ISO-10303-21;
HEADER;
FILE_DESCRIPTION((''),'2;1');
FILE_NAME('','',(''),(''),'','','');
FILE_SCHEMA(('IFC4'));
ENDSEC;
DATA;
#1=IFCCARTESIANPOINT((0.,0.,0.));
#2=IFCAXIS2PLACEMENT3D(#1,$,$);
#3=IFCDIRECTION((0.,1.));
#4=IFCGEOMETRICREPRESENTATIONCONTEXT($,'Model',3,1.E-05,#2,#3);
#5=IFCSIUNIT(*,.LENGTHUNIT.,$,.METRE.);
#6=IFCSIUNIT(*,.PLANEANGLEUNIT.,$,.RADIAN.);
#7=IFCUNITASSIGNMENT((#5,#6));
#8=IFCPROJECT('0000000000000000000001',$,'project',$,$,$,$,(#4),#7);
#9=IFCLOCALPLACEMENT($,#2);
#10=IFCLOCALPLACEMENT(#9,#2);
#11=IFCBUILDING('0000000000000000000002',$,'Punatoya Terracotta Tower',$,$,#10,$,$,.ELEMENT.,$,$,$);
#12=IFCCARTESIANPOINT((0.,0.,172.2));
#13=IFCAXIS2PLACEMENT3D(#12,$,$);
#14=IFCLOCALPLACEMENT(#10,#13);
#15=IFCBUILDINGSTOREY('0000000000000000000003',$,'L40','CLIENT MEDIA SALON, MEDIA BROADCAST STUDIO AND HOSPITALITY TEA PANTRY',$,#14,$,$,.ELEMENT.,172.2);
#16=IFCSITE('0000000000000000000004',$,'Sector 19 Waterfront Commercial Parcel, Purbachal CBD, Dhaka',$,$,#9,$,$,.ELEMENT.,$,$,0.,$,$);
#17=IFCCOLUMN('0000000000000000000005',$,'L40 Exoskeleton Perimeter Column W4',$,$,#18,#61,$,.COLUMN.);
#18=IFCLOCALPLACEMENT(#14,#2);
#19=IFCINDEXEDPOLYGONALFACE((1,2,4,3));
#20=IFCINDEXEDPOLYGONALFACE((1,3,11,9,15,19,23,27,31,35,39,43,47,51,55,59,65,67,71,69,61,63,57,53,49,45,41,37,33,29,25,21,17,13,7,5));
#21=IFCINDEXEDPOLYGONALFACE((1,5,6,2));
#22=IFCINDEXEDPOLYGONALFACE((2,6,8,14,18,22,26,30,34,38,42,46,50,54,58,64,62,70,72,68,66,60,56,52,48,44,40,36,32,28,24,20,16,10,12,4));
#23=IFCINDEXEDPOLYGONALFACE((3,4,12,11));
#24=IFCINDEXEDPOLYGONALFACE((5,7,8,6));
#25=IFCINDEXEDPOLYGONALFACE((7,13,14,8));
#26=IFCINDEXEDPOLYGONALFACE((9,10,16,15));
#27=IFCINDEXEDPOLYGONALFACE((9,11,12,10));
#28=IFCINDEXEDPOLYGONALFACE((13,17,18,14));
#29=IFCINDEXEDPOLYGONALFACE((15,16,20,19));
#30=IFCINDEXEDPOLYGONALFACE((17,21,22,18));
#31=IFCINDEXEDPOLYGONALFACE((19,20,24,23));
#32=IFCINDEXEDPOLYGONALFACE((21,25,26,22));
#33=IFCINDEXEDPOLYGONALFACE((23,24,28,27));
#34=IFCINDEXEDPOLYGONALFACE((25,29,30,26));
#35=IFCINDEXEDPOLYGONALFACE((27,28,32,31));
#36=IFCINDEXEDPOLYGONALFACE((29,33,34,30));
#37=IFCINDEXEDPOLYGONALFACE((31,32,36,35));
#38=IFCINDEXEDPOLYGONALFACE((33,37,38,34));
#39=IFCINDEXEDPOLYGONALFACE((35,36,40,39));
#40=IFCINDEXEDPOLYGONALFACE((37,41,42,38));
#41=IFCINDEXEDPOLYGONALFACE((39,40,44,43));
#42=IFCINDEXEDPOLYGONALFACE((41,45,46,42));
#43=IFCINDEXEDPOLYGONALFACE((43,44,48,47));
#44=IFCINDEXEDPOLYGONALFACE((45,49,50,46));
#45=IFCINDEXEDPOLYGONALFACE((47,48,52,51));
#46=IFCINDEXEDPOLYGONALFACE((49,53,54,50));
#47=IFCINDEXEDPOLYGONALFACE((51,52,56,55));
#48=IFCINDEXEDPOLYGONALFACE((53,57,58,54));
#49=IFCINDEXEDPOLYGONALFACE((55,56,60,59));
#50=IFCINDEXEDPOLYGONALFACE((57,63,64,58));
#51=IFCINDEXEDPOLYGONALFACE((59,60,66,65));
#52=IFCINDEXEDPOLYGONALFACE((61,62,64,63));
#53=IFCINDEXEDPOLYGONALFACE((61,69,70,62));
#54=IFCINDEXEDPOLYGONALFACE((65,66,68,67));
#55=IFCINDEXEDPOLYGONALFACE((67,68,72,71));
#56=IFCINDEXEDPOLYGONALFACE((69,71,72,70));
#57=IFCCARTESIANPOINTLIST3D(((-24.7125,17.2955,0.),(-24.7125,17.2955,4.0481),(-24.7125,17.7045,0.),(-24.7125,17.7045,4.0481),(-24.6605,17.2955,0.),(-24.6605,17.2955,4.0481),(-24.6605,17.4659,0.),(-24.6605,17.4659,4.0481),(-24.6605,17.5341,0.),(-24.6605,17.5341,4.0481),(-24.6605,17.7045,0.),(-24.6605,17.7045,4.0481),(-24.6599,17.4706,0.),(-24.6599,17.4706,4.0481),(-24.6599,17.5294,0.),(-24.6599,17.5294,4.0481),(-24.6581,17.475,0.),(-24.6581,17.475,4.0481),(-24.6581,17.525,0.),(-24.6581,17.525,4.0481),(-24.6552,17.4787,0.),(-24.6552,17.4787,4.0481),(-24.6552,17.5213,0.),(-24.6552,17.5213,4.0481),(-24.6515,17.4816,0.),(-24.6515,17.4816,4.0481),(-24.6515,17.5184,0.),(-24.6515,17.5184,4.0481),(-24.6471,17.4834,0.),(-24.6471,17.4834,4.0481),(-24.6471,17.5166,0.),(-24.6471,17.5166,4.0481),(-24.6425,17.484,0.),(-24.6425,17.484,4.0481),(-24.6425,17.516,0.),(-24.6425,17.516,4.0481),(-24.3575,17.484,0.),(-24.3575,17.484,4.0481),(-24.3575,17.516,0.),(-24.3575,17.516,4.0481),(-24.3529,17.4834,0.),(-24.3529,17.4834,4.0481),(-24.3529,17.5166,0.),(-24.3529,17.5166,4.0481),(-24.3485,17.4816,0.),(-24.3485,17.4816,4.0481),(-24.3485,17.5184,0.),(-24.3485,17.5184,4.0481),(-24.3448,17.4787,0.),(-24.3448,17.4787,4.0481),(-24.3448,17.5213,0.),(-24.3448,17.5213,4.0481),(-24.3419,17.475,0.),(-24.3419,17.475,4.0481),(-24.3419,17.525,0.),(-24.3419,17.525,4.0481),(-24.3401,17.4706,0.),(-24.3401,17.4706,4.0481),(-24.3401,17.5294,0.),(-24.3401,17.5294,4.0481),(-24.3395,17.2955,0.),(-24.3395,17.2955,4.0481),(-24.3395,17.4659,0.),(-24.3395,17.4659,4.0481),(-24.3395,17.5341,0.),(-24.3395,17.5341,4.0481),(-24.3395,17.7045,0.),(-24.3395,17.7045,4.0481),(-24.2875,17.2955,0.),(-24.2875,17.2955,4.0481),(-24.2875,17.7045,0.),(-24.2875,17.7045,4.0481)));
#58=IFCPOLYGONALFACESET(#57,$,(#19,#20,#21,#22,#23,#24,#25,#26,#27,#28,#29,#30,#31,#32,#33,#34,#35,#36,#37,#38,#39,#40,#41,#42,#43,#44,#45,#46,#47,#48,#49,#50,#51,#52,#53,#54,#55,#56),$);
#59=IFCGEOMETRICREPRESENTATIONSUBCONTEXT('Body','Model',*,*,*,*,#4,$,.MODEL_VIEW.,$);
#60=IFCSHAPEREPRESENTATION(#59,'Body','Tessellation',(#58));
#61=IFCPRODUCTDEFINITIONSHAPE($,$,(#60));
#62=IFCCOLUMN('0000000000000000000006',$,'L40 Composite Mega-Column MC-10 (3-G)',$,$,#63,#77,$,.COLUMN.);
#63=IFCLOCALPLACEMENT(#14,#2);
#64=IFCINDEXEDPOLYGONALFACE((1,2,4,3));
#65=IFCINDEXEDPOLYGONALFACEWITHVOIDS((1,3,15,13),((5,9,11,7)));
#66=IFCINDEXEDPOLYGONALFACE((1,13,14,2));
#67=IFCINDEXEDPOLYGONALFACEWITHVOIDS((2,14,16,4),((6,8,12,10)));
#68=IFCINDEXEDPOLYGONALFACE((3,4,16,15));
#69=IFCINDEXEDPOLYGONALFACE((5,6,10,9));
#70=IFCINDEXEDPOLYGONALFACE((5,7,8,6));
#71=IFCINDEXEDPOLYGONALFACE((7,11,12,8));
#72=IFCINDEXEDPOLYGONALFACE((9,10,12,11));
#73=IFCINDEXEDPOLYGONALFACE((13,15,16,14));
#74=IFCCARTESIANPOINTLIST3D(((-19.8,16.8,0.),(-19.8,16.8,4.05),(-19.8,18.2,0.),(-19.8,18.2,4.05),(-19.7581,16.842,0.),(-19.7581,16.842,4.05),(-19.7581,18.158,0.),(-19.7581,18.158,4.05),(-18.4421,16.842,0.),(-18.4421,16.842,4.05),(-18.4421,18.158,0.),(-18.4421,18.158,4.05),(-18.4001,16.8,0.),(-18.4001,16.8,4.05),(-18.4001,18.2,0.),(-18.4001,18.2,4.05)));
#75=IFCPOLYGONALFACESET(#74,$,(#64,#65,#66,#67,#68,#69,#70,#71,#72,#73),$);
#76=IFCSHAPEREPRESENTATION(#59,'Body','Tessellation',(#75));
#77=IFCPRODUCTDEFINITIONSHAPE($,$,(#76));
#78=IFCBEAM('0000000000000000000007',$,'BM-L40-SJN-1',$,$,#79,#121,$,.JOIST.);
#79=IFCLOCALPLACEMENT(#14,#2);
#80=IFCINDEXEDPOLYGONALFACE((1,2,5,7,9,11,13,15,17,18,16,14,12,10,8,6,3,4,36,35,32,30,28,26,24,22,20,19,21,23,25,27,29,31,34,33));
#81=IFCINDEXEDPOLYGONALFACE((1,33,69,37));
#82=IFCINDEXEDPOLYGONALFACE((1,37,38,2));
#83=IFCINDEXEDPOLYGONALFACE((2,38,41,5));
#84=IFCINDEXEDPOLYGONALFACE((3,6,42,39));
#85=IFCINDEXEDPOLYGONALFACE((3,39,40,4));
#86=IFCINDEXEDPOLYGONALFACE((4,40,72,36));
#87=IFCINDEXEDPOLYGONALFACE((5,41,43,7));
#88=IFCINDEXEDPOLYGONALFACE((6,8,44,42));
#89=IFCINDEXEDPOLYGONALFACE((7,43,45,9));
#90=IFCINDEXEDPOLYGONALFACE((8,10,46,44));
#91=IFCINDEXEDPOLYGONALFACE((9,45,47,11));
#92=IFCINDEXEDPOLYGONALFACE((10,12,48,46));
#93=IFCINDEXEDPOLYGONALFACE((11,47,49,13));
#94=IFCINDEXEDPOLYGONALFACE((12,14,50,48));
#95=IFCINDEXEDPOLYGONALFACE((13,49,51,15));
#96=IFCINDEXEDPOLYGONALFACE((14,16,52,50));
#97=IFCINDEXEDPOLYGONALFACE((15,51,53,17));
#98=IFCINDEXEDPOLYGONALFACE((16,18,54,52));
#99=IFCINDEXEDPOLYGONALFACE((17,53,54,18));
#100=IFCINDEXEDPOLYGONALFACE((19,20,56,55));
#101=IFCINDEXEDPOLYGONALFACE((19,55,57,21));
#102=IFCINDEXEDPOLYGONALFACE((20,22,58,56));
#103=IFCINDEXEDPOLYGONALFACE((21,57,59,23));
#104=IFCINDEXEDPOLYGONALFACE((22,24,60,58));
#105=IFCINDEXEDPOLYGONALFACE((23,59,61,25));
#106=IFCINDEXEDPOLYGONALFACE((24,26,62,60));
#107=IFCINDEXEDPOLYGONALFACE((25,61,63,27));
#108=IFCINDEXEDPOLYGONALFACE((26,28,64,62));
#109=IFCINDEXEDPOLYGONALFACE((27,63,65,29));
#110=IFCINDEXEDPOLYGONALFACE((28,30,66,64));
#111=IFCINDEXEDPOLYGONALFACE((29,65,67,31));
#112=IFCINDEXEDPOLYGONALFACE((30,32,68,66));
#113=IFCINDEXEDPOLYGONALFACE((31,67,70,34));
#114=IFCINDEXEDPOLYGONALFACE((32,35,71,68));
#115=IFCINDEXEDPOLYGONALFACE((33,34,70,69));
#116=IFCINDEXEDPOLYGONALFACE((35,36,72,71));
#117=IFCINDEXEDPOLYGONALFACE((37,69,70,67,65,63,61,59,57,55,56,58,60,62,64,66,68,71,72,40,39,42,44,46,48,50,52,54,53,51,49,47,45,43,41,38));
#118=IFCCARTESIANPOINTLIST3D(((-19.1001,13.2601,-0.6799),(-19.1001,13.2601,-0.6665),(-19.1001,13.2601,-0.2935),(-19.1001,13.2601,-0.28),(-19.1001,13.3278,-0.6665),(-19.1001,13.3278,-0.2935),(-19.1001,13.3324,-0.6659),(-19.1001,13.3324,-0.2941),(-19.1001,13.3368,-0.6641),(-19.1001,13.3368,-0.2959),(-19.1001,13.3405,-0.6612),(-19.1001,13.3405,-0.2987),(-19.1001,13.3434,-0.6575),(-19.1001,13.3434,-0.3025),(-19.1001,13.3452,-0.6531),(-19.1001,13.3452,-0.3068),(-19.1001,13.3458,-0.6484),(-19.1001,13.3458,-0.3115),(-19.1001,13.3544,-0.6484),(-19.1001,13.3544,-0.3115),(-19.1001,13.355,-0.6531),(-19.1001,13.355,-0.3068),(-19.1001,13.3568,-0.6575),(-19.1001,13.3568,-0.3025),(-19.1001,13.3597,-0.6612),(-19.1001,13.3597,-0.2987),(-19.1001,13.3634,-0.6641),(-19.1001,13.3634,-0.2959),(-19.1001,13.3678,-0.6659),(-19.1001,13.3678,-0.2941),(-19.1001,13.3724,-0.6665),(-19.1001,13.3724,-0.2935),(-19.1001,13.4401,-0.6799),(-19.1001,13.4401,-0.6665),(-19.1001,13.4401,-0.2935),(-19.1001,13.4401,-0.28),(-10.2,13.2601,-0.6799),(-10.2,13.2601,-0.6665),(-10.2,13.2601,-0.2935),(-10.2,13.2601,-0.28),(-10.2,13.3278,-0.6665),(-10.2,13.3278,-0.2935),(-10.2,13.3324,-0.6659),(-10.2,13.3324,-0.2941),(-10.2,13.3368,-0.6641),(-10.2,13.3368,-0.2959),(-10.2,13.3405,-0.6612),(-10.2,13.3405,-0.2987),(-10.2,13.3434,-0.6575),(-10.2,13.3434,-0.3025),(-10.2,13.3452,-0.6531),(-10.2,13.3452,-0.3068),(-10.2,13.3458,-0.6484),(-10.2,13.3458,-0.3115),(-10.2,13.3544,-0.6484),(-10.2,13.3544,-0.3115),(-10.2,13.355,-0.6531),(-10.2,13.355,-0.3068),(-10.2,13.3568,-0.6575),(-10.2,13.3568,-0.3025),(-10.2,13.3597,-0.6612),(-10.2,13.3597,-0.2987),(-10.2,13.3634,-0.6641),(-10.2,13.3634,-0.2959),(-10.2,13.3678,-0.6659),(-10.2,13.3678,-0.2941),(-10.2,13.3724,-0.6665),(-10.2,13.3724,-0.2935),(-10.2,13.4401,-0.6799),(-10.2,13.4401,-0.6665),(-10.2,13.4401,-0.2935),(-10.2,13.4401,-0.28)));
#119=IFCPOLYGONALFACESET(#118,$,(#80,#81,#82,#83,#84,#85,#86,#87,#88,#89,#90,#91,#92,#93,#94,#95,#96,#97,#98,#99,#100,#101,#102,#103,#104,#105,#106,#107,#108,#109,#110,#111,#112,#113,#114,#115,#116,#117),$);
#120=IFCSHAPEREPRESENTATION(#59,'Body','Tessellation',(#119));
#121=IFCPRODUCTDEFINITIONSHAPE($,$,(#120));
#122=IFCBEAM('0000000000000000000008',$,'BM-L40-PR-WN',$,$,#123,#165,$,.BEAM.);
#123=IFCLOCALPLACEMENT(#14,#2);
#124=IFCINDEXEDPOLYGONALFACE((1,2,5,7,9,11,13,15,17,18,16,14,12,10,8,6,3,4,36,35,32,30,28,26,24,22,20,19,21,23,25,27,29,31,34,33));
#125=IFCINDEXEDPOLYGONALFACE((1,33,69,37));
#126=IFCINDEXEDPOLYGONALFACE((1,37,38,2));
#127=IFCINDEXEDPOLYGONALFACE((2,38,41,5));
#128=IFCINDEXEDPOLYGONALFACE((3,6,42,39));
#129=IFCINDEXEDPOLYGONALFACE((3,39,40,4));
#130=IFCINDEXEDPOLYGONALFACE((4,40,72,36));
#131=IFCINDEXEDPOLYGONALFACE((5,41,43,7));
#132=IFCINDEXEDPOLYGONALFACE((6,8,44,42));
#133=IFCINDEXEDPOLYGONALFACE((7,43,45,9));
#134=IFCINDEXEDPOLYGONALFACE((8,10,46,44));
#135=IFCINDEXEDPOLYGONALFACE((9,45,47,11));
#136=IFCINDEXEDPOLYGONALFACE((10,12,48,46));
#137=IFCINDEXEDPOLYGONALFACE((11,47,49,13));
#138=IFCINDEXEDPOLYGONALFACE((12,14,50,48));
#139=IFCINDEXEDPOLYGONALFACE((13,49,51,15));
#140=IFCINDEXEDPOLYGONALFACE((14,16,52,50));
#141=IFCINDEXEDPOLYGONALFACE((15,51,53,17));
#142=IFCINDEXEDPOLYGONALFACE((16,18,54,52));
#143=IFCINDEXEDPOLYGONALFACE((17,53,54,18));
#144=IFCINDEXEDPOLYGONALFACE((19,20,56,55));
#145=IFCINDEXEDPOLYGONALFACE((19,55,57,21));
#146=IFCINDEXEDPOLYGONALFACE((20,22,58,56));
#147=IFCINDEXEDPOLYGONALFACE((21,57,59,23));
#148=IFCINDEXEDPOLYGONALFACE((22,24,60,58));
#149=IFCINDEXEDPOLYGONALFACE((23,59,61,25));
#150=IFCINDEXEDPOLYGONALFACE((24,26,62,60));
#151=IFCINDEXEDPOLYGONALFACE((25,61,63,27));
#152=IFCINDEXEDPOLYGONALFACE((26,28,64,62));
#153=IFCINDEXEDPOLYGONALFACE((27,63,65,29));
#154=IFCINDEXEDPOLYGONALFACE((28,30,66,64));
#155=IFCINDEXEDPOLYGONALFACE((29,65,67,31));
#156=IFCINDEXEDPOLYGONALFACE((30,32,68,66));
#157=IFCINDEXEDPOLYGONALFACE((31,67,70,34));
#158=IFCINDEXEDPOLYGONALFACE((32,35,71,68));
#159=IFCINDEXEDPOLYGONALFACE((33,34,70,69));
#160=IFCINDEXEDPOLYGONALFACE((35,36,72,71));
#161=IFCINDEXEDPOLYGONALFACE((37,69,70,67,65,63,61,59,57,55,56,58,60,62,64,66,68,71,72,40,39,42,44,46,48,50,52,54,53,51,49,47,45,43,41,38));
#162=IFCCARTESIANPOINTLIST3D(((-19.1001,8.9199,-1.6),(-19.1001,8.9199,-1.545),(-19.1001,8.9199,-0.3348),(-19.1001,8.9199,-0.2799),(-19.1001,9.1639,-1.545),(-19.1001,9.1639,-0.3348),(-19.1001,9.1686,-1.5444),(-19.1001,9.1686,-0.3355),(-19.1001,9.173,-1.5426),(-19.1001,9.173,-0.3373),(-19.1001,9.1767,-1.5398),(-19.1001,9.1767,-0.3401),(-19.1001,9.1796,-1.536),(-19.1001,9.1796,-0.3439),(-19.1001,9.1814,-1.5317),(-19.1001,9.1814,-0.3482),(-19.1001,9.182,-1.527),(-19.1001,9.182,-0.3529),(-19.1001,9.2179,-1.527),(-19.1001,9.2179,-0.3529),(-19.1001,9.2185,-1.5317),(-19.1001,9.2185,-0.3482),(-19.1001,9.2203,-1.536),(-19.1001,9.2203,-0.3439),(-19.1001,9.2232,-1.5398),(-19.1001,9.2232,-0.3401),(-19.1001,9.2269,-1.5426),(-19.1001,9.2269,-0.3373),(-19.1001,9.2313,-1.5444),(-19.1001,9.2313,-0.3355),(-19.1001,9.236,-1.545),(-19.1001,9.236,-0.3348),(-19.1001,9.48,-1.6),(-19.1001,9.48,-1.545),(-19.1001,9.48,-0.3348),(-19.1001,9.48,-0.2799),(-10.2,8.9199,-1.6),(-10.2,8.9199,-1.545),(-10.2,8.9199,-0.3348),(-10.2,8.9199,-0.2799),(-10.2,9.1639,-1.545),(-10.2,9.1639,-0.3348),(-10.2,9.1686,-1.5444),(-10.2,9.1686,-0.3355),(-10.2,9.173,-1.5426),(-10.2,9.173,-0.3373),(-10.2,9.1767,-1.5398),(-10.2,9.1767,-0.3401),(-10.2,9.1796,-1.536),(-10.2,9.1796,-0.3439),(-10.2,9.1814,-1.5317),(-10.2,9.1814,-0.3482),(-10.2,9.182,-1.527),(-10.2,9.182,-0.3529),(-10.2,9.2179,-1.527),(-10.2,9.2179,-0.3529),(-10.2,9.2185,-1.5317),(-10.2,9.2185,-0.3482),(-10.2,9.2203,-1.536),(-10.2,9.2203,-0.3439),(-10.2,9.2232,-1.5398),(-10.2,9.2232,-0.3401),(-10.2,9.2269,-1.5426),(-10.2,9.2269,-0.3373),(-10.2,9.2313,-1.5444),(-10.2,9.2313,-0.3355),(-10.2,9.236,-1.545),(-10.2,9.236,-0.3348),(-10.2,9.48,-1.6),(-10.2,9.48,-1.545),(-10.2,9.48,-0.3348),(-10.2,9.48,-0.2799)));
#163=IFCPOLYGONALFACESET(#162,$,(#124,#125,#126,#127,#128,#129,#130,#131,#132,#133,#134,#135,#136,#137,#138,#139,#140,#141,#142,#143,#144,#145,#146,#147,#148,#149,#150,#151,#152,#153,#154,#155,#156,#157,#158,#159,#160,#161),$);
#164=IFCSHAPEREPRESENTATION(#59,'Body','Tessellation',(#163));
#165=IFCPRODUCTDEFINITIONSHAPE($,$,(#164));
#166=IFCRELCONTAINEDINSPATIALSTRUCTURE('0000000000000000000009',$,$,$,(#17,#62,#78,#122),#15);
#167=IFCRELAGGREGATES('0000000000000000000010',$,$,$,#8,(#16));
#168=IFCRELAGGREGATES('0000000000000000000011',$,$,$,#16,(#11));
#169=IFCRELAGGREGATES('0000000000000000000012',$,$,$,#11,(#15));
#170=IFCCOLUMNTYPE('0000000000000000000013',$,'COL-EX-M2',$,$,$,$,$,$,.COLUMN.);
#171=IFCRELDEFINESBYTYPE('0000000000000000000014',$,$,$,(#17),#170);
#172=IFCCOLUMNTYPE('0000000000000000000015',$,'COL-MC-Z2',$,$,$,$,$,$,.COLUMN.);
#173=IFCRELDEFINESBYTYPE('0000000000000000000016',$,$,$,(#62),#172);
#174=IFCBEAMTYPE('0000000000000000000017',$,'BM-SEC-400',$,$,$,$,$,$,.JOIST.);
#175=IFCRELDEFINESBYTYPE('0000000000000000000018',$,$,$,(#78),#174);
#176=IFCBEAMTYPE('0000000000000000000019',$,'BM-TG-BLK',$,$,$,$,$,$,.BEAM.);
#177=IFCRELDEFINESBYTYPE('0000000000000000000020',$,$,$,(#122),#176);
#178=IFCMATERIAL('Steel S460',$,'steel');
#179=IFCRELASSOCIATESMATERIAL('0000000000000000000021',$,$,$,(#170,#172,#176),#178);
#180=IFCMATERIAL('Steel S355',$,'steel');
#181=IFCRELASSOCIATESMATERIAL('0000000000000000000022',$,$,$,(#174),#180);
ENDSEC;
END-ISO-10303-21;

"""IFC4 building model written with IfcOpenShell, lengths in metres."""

from ifc_helpers import new_model, si_unit, direction, frame, origin, origin_2d, place, context, subcontext, project, spatial, hollow_rectangle, i_section, extrude, material, material_profile, profile_set, type_object, element, save


model = new_model("IFC4")

# Units and contexts
model_context = context("Model", 3, precision=1e-05, world=origin(), true_north=direction((0.0, 1.0)))
body_context = subcontext(model_context, "Body", "Model", "MODEL_VIEW")
ifc_project = project(units=[si_unit("LENGTHUNIT", "METRE"), si_unit("PLANEANGLEUNIT", "RADIAN")], contexts=[model_context])

# Site, building, storey
site_placement = place(None, origin())
site = spatial("IfcSite", under=ifc_project, at=site_placement, Name="Sector 19 Waterfront Commercial Parcel, Purbachal CBD, Dhaka", CompositionType="ELEMENT", RefElevation=0.0)
building_placement = place(site_placement, origin())
building = spatial("IfcBuilding", under=site, at=building_placement, Name="Punatoya Terracotta Tower", CompositionType="ELEMENT")
storey_placement = place(building_placement, frame((0.0, 0.0, 172.2)))
storey = spatial("IfcBuildingStorey", under=building, at=storey_placement, Name="L40", Description="CLIENT MEDIA SALON, MEDIA BROADCAST STUDIO AND HOSPITALITY TEA PANTRY", CompositionType="ELEMENT", Elevation=172.2)

# Columns
ifc_material_1 = material(Name="Steel S460", Category="steel")
ifc_material_profile_1 = material_profile(ifc_material_1, i_section(OverallWidth=0.4089, OverallDepth=0.425, WebThickness=0.032, FlangeThickness=0.052, FilletRadius=0.0181, at=origin_2d()))
ifc_profile_set_1 = profile_set([ifc_material_profile_1], Name="Steel S460")
column_type_1 = type_object("IfcColumnType", Name="COL-EX-M2", PredefinedType="COLUMN", material=ifc_profile_set_1)
column_1_placement = place(storey_placement, frame((-24.5, 17.5, 0.0), z_axis=(0.0, 0.0, 1.0), x_axis=(0.0, 1.0, 0.0)))
element("IfcColumn", 1, at=column_1_placement, inside=storey, type_object=column_type_1, Name="L40 Exoskeleton Perimeter Column W4", PredefinedType="COLUMN", context=body_context, shape_type="SweptSolid", body=[
    extrude(i_section(OverallWidth=0.4089, OverallDepth=0.425, WebThickness=0.032, FlangeThickness=0.052, FilletRadius=0.0181, at=origin_2d()), origin(), (0.0, 0.0, 1.0), 4.0481),
])
ifc_material_profile_2 = material_profile(ifc_material_1, hollow_rectangle(XDim=1.3999, YDim=1.3999, WallThickness=0.042, at=origin_2d()))
ifc_profile_set_2 = profile_set([ifc_material_profile_2], Name="Steel S460")
column_type_2 = type_object("IfcColumnType", Name="COL-MC-Z2", PredefinedType="COLUMN", material=ifc_profile_set_2)
column_2_placement = place(storey_placement, frame((-19.1001, 17.5, 0.0), z_axis=(0.0, 0.0, 1.0), x_axis=(1.0, 0.0, 0.0)))
element("IfcColumn", 2, at=column_2_placement, inside=storey, type_object=column_type_2, Name="L40 Composite Mega-Column MC-10 (3-G)", PredefinedType="COLUMN", context=body_context, shape_type="SweptSolid", body=[
    extrude(hollow_rectangle(XDim=1.3999, YDim=1.3999, WallThickness=0.042, at=origin_2d()), origin(), (0.0, 0.0, 1.0), 4.05),
])

# Beams
ifc_material_2 = material(Name="Steel S355", Category="steel")
ifc_material_profile_3 = material_profile(ifc_material_2, i_section(OverallWidth=0.1799, OverallDepth=0.3999, WebThickness=0.0085, FlangeThickness=0.0134, FilletRadius=0.0181, at=origin_2d()))
ifc_profile_set_3 = profile_set([ifc_material_profile_3], Name="Steel S355")
beam_type_1 = type_object("IfcBeamType", Name="BM-SEC-400", PredefinedType="JOIST", material=ifc_profile_set_3)
beam_1_placement = place(storey_placement, frame((-19.1001, 13.3501, -0.48), z_axis=(1.0, 0.0, 0.0), x_axis=(0.0, 1.0, 0.0)))
element("IfcBeam", 3, at=beam_1_placement, inside=storey, type_object=beam_type_1, Name="BM-L40-SJN-1", PredefinedType="JOIST", context=body_context, shape_type="SweptSolid", body=[
    extrude(i_section(OverallWidth=0.1799, OverallDepth=0.3999, WebThickness=0.0085, FlangeThickness=0.0134, FilletRadius=0.0181, at=origin_2d()), origin(), (0.0, 0.0, 1.0), 8.9001),
])
ifc_material_profile_4 = material_profile(ifc_material_1, i_section(OverallWidth=0.5601, OverallDepth=1.3201, WebThickness=0.0359, FlangeThickness=0.0549, FilletRadius=0.0181, at=origin_2d()))
ifc_profile_set_4 = profile_set([ifc_material_profile_4], Name="Steel S460")
beam_type_2 = type_object("IfcBeamType", Name="BM-TG-BLK", PredefinedType="BEAM", material=ifc_profile_set_4)
beam_2_placement = place(storey_placement, frame((-19.1001, 9.2, -0.9399), z_axis=(1.0, 0.0, 0.0), x_axis=(0.0, 1.0, 0.0)))
element("IfcBeam", 4, at=beam_2_placement, inside=storey, type_object=beam_type_2, Name="BM-L40-PR-WN", PredefinedType="BEAM", context=body_context, shape_type="SweptSolid", body=[
    extrude(i_section(OverallWidth=0.5601, OverallDepth=1.3201, WebThickness=0.0359, FlangeThickness=0.0549, FilletRadius=0.0181, at=origin_2d()), origin(), (0.0, 0.0, 1.0), 8.9001),
])

save(model, "model.ifc")
